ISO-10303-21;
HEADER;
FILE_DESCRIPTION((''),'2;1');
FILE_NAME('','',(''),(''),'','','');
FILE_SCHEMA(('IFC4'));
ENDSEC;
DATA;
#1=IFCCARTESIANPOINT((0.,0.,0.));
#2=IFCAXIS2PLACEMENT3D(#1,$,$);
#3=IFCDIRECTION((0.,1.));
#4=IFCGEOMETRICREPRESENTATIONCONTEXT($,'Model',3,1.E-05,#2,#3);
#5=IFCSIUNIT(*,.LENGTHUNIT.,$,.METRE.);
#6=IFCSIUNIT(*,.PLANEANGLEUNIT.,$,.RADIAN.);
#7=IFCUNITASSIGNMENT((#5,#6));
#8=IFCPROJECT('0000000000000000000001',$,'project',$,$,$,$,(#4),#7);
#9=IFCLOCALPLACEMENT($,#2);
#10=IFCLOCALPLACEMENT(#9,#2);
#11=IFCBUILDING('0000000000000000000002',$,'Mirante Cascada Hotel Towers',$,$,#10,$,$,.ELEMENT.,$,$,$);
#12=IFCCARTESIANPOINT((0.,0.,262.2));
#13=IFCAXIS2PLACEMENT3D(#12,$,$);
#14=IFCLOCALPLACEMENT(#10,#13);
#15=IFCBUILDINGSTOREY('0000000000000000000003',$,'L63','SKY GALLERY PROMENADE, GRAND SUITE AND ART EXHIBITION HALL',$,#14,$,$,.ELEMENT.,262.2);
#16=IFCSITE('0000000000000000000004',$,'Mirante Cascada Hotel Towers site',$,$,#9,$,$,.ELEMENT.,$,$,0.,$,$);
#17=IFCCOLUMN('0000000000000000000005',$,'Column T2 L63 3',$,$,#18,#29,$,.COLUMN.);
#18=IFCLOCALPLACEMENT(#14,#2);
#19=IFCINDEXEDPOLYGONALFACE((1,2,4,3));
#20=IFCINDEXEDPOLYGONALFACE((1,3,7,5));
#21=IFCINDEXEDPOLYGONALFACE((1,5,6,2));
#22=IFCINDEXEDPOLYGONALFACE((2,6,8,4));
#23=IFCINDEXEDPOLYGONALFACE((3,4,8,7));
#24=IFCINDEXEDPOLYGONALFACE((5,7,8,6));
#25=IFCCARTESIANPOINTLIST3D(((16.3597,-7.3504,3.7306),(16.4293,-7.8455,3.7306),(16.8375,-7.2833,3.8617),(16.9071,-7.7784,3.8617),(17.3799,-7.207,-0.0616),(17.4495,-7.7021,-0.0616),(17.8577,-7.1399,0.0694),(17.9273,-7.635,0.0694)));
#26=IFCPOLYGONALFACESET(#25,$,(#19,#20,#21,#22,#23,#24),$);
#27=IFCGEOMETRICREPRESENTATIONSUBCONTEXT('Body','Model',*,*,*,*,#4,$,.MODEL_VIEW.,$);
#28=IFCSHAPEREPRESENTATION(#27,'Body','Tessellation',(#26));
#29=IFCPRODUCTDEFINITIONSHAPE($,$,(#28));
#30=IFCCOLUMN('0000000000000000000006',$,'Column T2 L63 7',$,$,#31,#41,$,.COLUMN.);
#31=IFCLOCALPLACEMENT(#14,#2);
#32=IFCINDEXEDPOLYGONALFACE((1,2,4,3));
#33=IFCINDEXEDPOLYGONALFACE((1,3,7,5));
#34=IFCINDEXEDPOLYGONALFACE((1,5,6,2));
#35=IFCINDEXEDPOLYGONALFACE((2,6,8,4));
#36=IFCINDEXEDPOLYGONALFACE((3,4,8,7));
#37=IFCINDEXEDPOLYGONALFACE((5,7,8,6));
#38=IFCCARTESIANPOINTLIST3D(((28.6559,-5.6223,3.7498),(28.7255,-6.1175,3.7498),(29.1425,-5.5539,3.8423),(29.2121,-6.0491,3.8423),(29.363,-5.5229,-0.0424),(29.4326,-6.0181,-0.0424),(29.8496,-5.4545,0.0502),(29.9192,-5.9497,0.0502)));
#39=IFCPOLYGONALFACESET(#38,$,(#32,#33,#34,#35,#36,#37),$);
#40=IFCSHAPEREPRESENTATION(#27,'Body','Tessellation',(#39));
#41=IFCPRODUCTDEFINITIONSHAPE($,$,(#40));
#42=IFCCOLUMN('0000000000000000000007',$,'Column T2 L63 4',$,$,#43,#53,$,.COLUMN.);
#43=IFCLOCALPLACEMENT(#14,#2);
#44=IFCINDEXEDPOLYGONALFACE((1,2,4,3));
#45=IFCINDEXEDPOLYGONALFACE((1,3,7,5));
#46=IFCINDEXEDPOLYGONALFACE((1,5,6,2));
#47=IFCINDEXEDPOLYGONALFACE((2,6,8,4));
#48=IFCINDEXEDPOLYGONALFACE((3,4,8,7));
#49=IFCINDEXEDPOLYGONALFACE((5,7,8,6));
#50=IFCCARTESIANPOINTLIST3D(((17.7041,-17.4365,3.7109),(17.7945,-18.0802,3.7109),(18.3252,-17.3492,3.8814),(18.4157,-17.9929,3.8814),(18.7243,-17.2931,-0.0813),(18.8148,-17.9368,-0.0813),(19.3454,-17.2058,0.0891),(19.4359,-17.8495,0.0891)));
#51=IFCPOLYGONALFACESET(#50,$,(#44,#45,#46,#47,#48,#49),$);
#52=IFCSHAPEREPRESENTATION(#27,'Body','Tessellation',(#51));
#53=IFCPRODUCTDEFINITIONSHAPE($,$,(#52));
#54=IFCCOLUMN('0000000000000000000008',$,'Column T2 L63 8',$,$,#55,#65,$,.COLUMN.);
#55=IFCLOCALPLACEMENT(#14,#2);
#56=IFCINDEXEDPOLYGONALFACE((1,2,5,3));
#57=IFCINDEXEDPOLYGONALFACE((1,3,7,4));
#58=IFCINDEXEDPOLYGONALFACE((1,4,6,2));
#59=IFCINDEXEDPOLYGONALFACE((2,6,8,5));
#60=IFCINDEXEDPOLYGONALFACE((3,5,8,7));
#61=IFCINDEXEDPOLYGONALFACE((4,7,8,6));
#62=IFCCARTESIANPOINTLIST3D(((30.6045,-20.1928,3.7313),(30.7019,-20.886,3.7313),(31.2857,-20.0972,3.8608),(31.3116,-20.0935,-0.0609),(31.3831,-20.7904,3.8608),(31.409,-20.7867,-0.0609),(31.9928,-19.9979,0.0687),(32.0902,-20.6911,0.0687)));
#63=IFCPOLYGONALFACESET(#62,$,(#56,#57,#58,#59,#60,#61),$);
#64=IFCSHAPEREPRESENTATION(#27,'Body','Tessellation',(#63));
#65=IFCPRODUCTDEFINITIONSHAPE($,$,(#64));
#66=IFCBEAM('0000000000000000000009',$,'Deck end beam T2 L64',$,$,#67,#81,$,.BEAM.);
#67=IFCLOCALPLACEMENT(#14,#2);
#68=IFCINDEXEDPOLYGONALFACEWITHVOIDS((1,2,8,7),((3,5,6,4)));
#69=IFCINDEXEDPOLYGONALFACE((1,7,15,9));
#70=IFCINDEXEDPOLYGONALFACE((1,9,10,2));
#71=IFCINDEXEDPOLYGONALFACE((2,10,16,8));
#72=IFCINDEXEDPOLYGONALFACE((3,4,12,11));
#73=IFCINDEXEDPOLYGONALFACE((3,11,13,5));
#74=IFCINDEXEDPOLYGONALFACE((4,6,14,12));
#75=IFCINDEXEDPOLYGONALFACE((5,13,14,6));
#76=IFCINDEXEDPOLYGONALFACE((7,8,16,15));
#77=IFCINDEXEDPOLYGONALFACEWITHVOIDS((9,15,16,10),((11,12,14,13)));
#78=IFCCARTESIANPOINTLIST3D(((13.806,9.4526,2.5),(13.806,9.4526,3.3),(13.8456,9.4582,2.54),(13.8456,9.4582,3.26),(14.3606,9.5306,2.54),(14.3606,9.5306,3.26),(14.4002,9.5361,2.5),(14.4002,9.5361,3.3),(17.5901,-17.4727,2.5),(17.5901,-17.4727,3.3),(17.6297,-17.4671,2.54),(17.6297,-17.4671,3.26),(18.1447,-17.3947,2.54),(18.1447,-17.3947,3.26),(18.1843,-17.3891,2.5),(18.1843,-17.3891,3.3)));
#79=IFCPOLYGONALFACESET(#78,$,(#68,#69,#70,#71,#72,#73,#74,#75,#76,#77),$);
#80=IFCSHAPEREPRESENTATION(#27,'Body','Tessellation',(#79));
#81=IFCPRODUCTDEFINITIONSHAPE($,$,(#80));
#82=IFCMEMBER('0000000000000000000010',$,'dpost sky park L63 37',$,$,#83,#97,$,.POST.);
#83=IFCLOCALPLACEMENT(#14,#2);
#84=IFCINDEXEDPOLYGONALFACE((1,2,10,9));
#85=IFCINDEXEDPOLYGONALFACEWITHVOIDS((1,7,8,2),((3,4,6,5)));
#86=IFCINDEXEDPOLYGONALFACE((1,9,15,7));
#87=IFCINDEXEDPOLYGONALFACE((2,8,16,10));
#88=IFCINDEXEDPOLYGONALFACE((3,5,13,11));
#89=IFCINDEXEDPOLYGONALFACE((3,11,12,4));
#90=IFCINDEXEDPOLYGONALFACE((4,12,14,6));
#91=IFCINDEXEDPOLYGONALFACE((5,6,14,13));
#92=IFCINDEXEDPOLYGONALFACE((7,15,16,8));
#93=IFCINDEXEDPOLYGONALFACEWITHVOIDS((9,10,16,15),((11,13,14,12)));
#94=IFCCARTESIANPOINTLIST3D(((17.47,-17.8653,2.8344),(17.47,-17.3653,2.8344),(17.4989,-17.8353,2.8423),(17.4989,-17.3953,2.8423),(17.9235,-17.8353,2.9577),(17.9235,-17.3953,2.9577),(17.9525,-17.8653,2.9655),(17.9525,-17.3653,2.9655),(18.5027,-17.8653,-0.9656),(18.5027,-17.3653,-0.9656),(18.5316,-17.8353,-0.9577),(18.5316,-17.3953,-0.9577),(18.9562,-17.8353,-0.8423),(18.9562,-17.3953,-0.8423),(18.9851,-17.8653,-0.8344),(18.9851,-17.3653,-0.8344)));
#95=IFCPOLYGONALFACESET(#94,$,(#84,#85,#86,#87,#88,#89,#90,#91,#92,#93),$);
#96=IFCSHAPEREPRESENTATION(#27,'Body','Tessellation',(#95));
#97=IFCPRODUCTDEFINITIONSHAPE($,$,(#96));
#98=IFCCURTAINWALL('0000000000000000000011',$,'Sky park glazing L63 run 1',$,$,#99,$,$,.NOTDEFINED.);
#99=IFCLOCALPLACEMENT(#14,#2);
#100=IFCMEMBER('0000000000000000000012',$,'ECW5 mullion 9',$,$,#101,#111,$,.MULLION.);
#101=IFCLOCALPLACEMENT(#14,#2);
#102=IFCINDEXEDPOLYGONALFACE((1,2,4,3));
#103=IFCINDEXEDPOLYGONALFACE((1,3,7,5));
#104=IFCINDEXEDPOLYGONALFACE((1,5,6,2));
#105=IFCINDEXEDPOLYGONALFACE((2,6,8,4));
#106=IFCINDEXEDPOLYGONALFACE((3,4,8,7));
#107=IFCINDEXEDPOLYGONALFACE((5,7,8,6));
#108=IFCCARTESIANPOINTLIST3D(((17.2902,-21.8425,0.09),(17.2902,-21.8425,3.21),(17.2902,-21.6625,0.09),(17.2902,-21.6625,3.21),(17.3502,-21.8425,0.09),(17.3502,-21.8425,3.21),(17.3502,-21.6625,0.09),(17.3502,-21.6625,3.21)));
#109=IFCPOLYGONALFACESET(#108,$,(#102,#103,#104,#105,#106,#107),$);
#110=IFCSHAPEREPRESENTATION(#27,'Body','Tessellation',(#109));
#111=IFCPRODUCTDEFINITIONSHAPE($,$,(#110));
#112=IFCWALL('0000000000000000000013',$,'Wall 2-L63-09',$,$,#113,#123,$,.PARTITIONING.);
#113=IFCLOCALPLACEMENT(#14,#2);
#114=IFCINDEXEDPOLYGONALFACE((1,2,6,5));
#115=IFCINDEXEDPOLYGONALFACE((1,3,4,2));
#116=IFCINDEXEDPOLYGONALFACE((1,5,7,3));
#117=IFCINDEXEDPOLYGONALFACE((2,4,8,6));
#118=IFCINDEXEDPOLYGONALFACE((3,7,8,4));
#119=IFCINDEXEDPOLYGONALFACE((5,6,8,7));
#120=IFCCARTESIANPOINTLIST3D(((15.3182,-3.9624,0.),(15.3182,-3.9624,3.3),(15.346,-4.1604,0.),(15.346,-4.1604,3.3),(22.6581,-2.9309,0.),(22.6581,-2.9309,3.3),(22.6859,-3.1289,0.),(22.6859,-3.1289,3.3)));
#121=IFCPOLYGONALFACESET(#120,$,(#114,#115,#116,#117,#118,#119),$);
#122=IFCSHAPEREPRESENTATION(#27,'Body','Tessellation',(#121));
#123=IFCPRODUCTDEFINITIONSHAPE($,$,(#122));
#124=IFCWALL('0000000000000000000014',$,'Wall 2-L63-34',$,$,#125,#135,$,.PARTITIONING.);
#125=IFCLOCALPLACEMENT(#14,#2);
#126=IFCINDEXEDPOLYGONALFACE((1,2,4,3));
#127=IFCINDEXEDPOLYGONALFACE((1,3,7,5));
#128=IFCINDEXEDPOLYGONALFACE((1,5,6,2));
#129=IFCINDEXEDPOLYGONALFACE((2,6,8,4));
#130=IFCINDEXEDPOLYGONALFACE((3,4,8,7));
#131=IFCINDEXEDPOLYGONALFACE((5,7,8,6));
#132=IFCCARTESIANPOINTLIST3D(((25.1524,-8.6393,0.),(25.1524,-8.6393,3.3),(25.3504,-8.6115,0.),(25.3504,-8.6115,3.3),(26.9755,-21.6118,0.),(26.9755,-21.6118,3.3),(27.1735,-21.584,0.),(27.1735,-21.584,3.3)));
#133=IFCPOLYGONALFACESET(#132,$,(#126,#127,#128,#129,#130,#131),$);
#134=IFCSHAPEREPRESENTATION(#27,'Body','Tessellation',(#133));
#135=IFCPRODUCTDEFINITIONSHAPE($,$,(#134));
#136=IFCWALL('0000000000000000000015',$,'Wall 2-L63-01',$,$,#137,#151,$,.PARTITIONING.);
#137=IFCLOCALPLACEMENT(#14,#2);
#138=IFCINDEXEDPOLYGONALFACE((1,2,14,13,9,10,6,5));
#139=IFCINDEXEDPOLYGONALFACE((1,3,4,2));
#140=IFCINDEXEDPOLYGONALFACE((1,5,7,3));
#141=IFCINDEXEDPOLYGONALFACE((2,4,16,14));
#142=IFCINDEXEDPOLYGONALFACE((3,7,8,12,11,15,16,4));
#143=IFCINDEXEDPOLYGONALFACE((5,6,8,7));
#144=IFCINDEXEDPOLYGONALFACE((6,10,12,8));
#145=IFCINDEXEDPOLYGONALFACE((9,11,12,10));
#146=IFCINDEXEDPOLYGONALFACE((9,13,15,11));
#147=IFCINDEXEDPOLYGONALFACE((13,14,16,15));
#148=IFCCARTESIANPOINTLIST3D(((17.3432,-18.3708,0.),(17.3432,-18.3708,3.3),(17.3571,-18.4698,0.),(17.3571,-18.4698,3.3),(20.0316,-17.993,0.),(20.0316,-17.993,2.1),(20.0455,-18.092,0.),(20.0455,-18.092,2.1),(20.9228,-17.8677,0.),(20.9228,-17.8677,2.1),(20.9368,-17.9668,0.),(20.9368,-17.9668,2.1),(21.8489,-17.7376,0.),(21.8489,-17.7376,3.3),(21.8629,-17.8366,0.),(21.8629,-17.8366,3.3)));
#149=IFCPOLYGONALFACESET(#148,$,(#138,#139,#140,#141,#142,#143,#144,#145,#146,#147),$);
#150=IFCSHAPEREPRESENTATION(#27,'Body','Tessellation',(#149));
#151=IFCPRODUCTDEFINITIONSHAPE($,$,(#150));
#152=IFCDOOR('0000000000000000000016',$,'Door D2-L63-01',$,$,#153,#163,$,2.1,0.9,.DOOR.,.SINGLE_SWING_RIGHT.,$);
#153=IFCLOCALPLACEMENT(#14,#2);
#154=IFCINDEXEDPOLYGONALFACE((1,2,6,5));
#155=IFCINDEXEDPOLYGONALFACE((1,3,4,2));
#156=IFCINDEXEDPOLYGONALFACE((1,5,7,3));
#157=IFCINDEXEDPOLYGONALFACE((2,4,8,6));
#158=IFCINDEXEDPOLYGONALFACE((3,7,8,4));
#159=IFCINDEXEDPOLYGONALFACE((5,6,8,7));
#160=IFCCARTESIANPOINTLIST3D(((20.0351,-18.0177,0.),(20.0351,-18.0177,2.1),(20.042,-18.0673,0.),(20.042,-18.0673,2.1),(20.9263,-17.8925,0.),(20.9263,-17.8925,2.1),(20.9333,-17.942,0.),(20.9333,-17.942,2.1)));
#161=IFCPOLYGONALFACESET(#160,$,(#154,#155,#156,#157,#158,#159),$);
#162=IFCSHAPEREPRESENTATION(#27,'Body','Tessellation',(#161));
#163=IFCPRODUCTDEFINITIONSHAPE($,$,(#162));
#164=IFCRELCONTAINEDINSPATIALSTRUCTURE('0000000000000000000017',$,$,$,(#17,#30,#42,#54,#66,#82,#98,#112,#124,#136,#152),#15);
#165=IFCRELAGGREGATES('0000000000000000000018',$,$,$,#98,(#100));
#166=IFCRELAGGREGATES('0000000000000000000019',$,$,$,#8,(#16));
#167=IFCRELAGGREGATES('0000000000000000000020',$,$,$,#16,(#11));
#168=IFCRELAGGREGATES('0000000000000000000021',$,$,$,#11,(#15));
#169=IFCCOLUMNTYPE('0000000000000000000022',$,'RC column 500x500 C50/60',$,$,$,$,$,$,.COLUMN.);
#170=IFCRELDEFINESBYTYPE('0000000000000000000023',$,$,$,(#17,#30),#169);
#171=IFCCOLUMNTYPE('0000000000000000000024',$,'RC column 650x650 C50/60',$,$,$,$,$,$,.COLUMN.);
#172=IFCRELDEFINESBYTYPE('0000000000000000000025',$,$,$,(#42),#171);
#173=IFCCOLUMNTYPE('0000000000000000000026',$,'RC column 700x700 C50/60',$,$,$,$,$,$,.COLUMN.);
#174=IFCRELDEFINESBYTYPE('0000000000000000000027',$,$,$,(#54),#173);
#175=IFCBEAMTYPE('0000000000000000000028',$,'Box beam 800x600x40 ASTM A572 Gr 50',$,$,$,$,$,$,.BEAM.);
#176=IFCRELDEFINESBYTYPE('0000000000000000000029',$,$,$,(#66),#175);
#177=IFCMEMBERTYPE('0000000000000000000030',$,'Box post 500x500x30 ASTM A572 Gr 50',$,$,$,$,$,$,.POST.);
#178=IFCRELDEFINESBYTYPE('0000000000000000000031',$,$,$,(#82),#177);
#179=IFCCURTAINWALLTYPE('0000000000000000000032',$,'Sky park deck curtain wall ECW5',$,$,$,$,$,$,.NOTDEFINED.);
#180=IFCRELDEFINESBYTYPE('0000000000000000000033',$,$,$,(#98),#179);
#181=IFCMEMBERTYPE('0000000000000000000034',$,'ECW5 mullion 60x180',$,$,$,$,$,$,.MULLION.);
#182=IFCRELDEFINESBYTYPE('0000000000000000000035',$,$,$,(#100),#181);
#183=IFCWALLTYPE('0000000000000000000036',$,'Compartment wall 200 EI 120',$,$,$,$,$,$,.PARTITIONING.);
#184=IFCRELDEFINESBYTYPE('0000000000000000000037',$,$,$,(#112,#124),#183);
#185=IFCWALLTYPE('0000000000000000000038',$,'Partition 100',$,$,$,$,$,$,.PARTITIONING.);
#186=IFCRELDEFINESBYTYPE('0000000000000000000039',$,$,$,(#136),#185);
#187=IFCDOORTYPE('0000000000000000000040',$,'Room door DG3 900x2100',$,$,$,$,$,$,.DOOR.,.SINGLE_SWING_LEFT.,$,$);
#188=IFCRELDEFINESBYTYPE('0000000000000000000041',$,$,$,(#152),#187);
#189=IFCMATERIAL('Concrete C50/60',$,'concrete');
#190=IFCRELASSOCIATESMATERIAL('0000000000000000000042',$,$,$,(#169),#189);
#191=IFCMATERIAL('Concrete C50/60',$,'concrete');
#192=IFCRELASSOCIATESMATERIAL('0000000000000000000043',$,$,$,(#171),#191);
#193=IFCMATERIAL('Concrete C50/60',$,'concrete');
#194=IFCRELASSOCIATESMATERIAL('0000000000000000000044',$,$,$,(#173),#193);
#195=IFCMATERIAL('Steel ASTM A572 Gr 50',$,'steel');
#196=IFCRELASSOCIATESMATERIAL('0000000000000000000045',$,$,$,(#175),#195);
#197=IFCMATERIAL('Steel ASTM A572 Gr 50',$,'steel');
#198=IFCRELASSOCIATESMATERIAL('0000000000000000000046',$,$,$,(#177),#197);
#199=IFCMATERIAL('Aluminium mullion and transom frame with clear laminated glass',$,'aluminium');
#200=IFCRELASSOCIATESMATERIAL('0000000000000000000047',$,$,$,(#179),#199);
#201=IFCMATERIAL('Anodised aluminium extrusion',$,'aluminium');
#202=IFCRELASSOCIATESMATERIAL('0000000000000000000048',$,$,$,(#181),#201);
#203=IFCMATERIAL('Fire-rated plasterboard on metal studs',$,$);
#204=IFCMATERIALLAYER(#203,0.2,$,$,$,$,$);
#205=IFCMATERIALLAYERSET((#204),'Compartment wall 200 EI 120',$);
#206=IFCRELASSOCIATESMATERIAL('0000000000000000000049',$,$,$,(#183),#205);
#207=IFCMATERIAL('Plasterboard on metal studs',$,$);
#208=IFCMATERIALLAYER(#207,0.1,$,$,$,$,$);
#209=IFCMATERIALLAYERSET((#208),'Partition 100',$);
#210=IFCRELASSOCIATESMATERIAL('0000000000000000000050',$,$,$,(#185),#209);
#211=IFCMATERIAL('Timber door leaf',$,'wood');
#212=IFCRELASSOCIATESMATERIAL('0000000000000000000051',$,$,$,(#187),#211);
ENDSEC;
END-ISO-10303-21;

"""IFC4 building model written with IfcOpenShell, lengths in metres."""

from ifc_helpers import new_model, si_unit, direction, frame, frame_2d, origin, origin_2d, place, context, subcontext, project, spatial, rectangle, hollow_rectangle, extrude, material, layer, layer_set, material_profile, profile_set, type_object, element, fill, aggregate, save


model = new_model("IFC4")

# Units and contexts
model_context = context("Model", 3, precision=1e-05, world=origin(), true_north=direction((0.0, 1.0)))
body_context = subcontext(model_context, "Body", "Model", "MODEL_VIEW")
ifc_project = project(units=[si_unit("LENGTHUNIT", "METRE"), si_unit("PLANEANGLEUNIT", "RADIAN")], contexts=[model_context])

# Site, building, storey
site_placement = place(None, origin())
site = spatial("IfcSite", under=ifc_project, at=site_placement, Name="Mirante Cascada Hotel Towers site", CompositionType="ELEMENT", RefElevation=0.0)
building_placement = place(site_placement, origin())
building = spatial("IfcBuilding", under=site, at=building_placement, Name="Mirante Cascada Hotel Towers", CompositionType="ELEMENT")
storey_placement = place(building_placement, frame((0.0, 0.0, 262.2)))
storey = spatial("IfcBuildingStorey", under=building, at=storey_placement, Name="L63", Description="SKY GALLERY PROMENADE, GRAND SUITE AND ART EXHIBITION HALL", CompositionType="ELEMENT", Elevation=262.2)

# Columns
ifc_material_1 = material(Name="Concrete C50/60", Category="concrete")
ifc_material_profile_1 = material_profile(ifc_material_1, rectangle(XDim=0.5, YDim=0.5, at=origin_2d()), Name="RC column 500x500 C50/60")
ifc_profile_set_1 = profile_set([ifc_material_profile_1], Name="Concrete C50/60")
column_type_1 = type_object("IfcColumnType", Name="RC column 500x500 C50/60", PredefinedType="COLUMN", material=ifc_profile_set_1)
column_1_placement = place(storey_placement, frame((17.6536, -7.421, 0.0039), z_axis=(-0.259616, -0.036492, 0.965022), x_axis=(0.139192, -0.990265, 0.0)))
element("IfcColumn", 1, at=column_1_placement, inside=storey, type_object=column_type_1, Name="Column T2 L63 3", PredefinedType="COLUMN", context=body_context, shape_type="SweptSolid", body=[
    extrude(rectangle(XDim=0.5, YDim=0.5, at=origin_2d()), origin(), (0.0, 0.0, 1.0), 3.9297),
])
column_2_placement = place(storey_placement, frame((29.6411, -5.7363, 0.0039), z_axis=(-0.183242, -0.025759, 0.98273), x_axis=(0.139206, -0.990263, 0.0)))
element("IfcColumn", 2, at=column_2_placement, inside=storey, type_object=column_type_1, Name="Column T2 L63 7", PredefinedType="COLUMN", context=body_context, shape_type="SweptSolid", body=[
    extrude(rectangle(XDim=0.5, YDim=0.5, at=origin_2d()), origin(), (0.0, 0.0, 1.0), 3.8588),
])
ifc_material_2 = material(Name="Concrete C50/60", Category="concrete")
ifc_material_profile_2 = material_profile(ifc_material_2, rectangle(XDim=0.65, YDim=0.65, at=origin_2d()), Name="RC column 650x650 C50/60")
ifc_profile_set_2 = profile_set([ifc_material_profile_2], Name="Concrete C50/60")
column_type_2 = type_object("IfcColumnType", Name="RC column 650x650 C50/60", PredefinedType="COLUMN", material=ifc_profile_set_2)
column_3_placement = place(storey_placement, frame((19.0801, -17.5713, 0.0039), z_axis=(-0.259616, -0.036492, 0.965022), x_axis=(0.139192, -0.990265, 0.0)))
element("IfcColumn", 3, at=column_3_placement, inside=storey, type_object=column_type_2, Name="Column T2 L63 4", PredefinedType="COLUMN", context=body_context, shape_type="SweptSolid", body=[
    extrude(rectangle(XDim=0.65, YDim=0.65, at=origin_2d()), origin(), (0.0, 0.0, 1.0), 3.9297),
])
ifc_material_3 = material(Name="Concrete C50/60", Category="concrete")
ifc_material_profile_3 = material_profile(ifc_material_3, rectangle(XDim=0.7, YDim=0.7, at=origin_2d()), Name="RC column 700x700 C50/60")
ifc_profile_set_3 = profile_set([ifc_material_profile_3], Name="Concrete C50/60")
column_type_3 = type_object("IfcColumnType", Name="RC column 700x700 C50/60", PredefinedType="COLUMN", material=ifc_profile_set_3)
column_4_placement = place(storey_placement, frame((31.7009, -20.3923, 0.0039), z_axis=(-0.183242, -0.025733, 0.982731), x_axis=(0.139068, -0.990283, 0.0)))
element("IfcColumn", 4, at=column_4_placement, inside=storey, type_object=column_type_3, Name="Column T2 L63 8", PredefinedType="COLUMN", context=body_context, shape_type="SweptSolid", body=[
    extrude(rectangle(XDim=0.7, YDim=0.7, at=origin_2d()), origin(), (0.0, 0.0, 1.0), 3.8588),
])

# Beam
ifc_material_4 = material(Name="Steel ASTM A572 Gr 50", Category="steel")
ifc_material_profile_4 = material_profile(ifc_material_4, hollow_rectangle(XDim=0.6, YDim=0.8, WallThickness=0.04, at=origin_2d()), Name="Box beam 800x600x40 ASTM A572 Gr 50")
ifc_profile_set_4 = profile_set([ifc_material_profile_4], Name="Steel ASTM A572 Gr 50")
beam_type = type_object("IfcBeamType", Name="Box beam 800x600x40 ASTM A572 Gr 50", PredefinedType="BEAM", material=ifc_profile_set_4)
beam_placement = place(storey_placement, frame((17.8872, -17.4309, 2.9), z_axis=(-0.139173, 0.990268, 0.0), x_axis=(-0.990268, -0.139173, 0.0)))
element("IfcBeam", 5, at=beam_placement, inside=storey, type_object=beam_type, Name="Deck end beam T2 L64", PredefinedType="BEAM", context=body_context, shape_type="SweptSolid", body=[
    extrude(hollow_rectangle(XDim=0.6, YDim=0.8, WallThickness=0.04, at=origin_2d()), origin(), (0.0, 0.0, 1.0), 27.1899),
])

# Member
ifc_material_5 = material(Name="Steel ASTM A572 Gr 50", Category="steel")
ifc_material_profile_5 = material_profile(ifc_material_5, hollow_rectangle(XDim=0.5, YDim=0.5, WallThickness=0.03, at=origin_2d()), Name="Box post 500x500x30 ASTM A572 Gr 50")
ifc_profile_set_5 = profile_set([ifc_material_profile_5], Name="Steel ASTM A572 Gr 50")
member_type_1 = type_object("IfcMemberType", Name="Box post 500x500x30 ASTM A572 Gr 50", PredefinedType="POST", material=ifc_profile_set_5)
member_1_placement = place(storey_placement, frame((18.7439, -17.6153, -0.9), z_axis=(-0.262251, 0.0, 0.965), x_axis=(0.0, -1.0, 0.0)))
element("IfcMember", 6, at=member_1_placement, inside=storey, type_object=member_type_1, Name="dpost sky park L63 37", PredefinedType="POST", context=body_context, shape_type="SweptSolid", body=[
    extrude(hollow_rectangle(XDim=0.5, YDim=0.5, WallThickness=0.03, at=origin_2d()), origin(), (0.0, 0.0, 1.0), 3.9378),
])

# Curtain wall, member
ifc_material_6 = material(Name="Aluminium mullion and transom frame with clear laminated glass", Category="aluminium")
curtain_wall_type = type_object("IfcCurtainWallType", Name="Sky park deck curtain wall ECW5", PredefinedType="NOTDEFINED", material=ifc_material_6)
curtain_wall_placement = place(storey_placement, origin())
curtain_wall = element("IfcCurtainWall", 7, at=curtain_wall_placement, inside=storey, type_object=curtain_wall_type, Name="Sky park glazing L63 run 1", PredefinedType="NOTDEFINED")
ifc_material_7 = material(Name="Anodised aluminium extrusion", Category="aluminium")
ifc_material_profile_6 = material_profile(ifc_material_7, rectangle(XDim=0.18, YDim=0.06, at=origin_2d()), Name="ECW5 MULLION 60x180")
ifc_profile_set_6 = profile_set([ifc_material_profile_6], Name="Anodised aluminium extrusion")
member_type_2 = type_object("IfcMemberType", Name="ECW5 mullion 60x180", PredefinedType="MULLION", material=ifc_profile_set_6)
member_2_placement = place(storey_placement, frame((17.3202, -21.7525, 0.09), z_axis=(0.0, 0.0, 1.0), x_axis=(0.0, 1.0, 0.0)))
member_2 = element("IfcMember", 8, at=member_2_placement, type_object=member_type_2, Name="ECW5 mullion 9", PredefinedType="MULLION", context=body_context, shape_type="SweptSolid", body=[
    extrude(rectangle(XDim=0.18, YDim=0.06, at=origin_2d()), origin(), (0.0, 0.0, 1.0), 3.12),
])
aggregate(curtain_wall, [member_2])

# Walls
ifc_material_8 = material(Name="Fire-rated plasterboard on metal studs")
ifc_layer_1 = layer(ifc_material_8, 0.2)
ifc_layer_set_1 = layer_set([ifc_layer_1], Name="Compartment wall 200 EI 120")
wall_type_1 = type_object("IfcWallType", Name="Compartment wall 200 EI 120", PredefinedType="PARTITIONING", material=ifc_layer_set_1)
wall_1_placement = place(storey_placement, frame((22.672, -3.0299, 0.0), z_axis=(0.0, 0.0, 1.0), x_axis=(-0.990269, -0.139166, 0.0)))
element("IfcWall", 9, at=wall_1_placement, inside=storey, type_object=wall_type_1, Name="Wall 2-L63-09", PredefinedType="PARTITIONING", context=body_context, shape_type="SweptSolid", body=[
    extrude(rectangle(XDim=7.412, YDim=0.2, at=frame_2d((3.706, 0.0))), origin(), (0.0, 0.0, 1.0), 3.3),
])
wall_2_placement = place(storey_placement, frame((27.0745, -21.5979, 0.0), z_axis=(0.0, 0.0, 1.0), x_axis=(-0.139168, 0.990269, 0.0)))
element("IfcWall", 10, at=wall_2_placement, inside=storey, type_object=wall_type_1, Name="Wall 2-L63-34", PredefinedType="PARTITIONING", context=body_context, shape_type="SweptSolid", body=[
    extrude(rectangle(XDim=13.1, YDim=0.2, at=frame_2d((6.55, 0.0))), origin(), (0.0, 0.0, 1.0), 3.3),
])

# Wall, opening, door
ifc_material_9 = material(Name="Plasterboard on metal studs")
ifc_layer_2 = layer(ifc_material_9, 0.1)
ifc_layer_set_2 = layer_set([ifc_layer_2], Name="Partition 100")
wall_type_2 = type_object("IfcWallType", Name="Partition 100", PredefinedType="PARTITIONING", material=ifc_layer_set_2)
wall_3_placement = place(storey_placement, frame((21.8559, -17.7871, 0.0), z_axis=(0.0, 0.0, 1.0), x_axis=(-0.990269, -0.139166, 0.0)))
wall_3 = element("IfcWall", 11, at=wall_3_placement, inside=storey, type_object=wall_type_2, Name="Wall 2-L63-01", PredefinedType="PARTITIONING", context=body_context, shape_type="SweptSolid", body=[
    extrude(rectangle(XDim=4.55, YDim=0.1, at=frame_2d((2.275, 0.0))), origin(), (0.0, 0.0, 1.0), 3.3),
])
opening_1_placement = place(wall_3_placement, frame((0.9352, 0.0, 0.0)))
opening_1 = element("IfcOpeningElement", 12, at=opening_1_placement, cuts=wall_3, PredefinedType="OPENING", context=body_context, shape_type="SweptSolid", body=[
    extrude(rectangle(XDim=0.9, YDim=2.1, at=frame_2d((0.45, 1.05))), frame((0.0, 0.05, 0.0), z_axis=(0.0, -1.0, 0.0), x_axis=(1.0, 0.0, 0.0)), (0.0, 0.0, 1.0), 0.1),
])
ifc_material_10 = material(Name="Timber door leaf", Category="wood")
door_type_1 = type_object("IfcDoorType", Name="Room door DG3 900x2100", OperationType="SINGLE_SWING_LEFT", PredefinedType="DOOR", material=ifc_material_10)
door_1_placement = place(opening_1_placement, frame((0.9, 0.0, 0.0), z_axis=(0.0, 0.0, 1.0), x_axis=(-1.0, 0.0, 0.0)))
door_1 = element("IfcDoor", 13, at=door_1_placement, inside=storey, type_object=door_type_1, Name="Door D2-L63-01", OperationType="SINGLE_SWING_RIGHT", OverallHeight=2.1, OverallWidth=0.9, PredefinedType="DOOR", context=body_context, shape_type="SweptSolid", body=[
    extrude(rectangle(XDim=0.9, YDim=2.1, at=frame_2d((0.45, 1.05))), frame((0.0, 0.025, 0.0), z_axis=(0.0, -1.0, 0.0), x_axis=(1.0, 0.0, 0.0)), (0.0, 0.0, 1.0), 0.05),
])
fill(opening_1, door_1)

save(model, "model.ifc")
